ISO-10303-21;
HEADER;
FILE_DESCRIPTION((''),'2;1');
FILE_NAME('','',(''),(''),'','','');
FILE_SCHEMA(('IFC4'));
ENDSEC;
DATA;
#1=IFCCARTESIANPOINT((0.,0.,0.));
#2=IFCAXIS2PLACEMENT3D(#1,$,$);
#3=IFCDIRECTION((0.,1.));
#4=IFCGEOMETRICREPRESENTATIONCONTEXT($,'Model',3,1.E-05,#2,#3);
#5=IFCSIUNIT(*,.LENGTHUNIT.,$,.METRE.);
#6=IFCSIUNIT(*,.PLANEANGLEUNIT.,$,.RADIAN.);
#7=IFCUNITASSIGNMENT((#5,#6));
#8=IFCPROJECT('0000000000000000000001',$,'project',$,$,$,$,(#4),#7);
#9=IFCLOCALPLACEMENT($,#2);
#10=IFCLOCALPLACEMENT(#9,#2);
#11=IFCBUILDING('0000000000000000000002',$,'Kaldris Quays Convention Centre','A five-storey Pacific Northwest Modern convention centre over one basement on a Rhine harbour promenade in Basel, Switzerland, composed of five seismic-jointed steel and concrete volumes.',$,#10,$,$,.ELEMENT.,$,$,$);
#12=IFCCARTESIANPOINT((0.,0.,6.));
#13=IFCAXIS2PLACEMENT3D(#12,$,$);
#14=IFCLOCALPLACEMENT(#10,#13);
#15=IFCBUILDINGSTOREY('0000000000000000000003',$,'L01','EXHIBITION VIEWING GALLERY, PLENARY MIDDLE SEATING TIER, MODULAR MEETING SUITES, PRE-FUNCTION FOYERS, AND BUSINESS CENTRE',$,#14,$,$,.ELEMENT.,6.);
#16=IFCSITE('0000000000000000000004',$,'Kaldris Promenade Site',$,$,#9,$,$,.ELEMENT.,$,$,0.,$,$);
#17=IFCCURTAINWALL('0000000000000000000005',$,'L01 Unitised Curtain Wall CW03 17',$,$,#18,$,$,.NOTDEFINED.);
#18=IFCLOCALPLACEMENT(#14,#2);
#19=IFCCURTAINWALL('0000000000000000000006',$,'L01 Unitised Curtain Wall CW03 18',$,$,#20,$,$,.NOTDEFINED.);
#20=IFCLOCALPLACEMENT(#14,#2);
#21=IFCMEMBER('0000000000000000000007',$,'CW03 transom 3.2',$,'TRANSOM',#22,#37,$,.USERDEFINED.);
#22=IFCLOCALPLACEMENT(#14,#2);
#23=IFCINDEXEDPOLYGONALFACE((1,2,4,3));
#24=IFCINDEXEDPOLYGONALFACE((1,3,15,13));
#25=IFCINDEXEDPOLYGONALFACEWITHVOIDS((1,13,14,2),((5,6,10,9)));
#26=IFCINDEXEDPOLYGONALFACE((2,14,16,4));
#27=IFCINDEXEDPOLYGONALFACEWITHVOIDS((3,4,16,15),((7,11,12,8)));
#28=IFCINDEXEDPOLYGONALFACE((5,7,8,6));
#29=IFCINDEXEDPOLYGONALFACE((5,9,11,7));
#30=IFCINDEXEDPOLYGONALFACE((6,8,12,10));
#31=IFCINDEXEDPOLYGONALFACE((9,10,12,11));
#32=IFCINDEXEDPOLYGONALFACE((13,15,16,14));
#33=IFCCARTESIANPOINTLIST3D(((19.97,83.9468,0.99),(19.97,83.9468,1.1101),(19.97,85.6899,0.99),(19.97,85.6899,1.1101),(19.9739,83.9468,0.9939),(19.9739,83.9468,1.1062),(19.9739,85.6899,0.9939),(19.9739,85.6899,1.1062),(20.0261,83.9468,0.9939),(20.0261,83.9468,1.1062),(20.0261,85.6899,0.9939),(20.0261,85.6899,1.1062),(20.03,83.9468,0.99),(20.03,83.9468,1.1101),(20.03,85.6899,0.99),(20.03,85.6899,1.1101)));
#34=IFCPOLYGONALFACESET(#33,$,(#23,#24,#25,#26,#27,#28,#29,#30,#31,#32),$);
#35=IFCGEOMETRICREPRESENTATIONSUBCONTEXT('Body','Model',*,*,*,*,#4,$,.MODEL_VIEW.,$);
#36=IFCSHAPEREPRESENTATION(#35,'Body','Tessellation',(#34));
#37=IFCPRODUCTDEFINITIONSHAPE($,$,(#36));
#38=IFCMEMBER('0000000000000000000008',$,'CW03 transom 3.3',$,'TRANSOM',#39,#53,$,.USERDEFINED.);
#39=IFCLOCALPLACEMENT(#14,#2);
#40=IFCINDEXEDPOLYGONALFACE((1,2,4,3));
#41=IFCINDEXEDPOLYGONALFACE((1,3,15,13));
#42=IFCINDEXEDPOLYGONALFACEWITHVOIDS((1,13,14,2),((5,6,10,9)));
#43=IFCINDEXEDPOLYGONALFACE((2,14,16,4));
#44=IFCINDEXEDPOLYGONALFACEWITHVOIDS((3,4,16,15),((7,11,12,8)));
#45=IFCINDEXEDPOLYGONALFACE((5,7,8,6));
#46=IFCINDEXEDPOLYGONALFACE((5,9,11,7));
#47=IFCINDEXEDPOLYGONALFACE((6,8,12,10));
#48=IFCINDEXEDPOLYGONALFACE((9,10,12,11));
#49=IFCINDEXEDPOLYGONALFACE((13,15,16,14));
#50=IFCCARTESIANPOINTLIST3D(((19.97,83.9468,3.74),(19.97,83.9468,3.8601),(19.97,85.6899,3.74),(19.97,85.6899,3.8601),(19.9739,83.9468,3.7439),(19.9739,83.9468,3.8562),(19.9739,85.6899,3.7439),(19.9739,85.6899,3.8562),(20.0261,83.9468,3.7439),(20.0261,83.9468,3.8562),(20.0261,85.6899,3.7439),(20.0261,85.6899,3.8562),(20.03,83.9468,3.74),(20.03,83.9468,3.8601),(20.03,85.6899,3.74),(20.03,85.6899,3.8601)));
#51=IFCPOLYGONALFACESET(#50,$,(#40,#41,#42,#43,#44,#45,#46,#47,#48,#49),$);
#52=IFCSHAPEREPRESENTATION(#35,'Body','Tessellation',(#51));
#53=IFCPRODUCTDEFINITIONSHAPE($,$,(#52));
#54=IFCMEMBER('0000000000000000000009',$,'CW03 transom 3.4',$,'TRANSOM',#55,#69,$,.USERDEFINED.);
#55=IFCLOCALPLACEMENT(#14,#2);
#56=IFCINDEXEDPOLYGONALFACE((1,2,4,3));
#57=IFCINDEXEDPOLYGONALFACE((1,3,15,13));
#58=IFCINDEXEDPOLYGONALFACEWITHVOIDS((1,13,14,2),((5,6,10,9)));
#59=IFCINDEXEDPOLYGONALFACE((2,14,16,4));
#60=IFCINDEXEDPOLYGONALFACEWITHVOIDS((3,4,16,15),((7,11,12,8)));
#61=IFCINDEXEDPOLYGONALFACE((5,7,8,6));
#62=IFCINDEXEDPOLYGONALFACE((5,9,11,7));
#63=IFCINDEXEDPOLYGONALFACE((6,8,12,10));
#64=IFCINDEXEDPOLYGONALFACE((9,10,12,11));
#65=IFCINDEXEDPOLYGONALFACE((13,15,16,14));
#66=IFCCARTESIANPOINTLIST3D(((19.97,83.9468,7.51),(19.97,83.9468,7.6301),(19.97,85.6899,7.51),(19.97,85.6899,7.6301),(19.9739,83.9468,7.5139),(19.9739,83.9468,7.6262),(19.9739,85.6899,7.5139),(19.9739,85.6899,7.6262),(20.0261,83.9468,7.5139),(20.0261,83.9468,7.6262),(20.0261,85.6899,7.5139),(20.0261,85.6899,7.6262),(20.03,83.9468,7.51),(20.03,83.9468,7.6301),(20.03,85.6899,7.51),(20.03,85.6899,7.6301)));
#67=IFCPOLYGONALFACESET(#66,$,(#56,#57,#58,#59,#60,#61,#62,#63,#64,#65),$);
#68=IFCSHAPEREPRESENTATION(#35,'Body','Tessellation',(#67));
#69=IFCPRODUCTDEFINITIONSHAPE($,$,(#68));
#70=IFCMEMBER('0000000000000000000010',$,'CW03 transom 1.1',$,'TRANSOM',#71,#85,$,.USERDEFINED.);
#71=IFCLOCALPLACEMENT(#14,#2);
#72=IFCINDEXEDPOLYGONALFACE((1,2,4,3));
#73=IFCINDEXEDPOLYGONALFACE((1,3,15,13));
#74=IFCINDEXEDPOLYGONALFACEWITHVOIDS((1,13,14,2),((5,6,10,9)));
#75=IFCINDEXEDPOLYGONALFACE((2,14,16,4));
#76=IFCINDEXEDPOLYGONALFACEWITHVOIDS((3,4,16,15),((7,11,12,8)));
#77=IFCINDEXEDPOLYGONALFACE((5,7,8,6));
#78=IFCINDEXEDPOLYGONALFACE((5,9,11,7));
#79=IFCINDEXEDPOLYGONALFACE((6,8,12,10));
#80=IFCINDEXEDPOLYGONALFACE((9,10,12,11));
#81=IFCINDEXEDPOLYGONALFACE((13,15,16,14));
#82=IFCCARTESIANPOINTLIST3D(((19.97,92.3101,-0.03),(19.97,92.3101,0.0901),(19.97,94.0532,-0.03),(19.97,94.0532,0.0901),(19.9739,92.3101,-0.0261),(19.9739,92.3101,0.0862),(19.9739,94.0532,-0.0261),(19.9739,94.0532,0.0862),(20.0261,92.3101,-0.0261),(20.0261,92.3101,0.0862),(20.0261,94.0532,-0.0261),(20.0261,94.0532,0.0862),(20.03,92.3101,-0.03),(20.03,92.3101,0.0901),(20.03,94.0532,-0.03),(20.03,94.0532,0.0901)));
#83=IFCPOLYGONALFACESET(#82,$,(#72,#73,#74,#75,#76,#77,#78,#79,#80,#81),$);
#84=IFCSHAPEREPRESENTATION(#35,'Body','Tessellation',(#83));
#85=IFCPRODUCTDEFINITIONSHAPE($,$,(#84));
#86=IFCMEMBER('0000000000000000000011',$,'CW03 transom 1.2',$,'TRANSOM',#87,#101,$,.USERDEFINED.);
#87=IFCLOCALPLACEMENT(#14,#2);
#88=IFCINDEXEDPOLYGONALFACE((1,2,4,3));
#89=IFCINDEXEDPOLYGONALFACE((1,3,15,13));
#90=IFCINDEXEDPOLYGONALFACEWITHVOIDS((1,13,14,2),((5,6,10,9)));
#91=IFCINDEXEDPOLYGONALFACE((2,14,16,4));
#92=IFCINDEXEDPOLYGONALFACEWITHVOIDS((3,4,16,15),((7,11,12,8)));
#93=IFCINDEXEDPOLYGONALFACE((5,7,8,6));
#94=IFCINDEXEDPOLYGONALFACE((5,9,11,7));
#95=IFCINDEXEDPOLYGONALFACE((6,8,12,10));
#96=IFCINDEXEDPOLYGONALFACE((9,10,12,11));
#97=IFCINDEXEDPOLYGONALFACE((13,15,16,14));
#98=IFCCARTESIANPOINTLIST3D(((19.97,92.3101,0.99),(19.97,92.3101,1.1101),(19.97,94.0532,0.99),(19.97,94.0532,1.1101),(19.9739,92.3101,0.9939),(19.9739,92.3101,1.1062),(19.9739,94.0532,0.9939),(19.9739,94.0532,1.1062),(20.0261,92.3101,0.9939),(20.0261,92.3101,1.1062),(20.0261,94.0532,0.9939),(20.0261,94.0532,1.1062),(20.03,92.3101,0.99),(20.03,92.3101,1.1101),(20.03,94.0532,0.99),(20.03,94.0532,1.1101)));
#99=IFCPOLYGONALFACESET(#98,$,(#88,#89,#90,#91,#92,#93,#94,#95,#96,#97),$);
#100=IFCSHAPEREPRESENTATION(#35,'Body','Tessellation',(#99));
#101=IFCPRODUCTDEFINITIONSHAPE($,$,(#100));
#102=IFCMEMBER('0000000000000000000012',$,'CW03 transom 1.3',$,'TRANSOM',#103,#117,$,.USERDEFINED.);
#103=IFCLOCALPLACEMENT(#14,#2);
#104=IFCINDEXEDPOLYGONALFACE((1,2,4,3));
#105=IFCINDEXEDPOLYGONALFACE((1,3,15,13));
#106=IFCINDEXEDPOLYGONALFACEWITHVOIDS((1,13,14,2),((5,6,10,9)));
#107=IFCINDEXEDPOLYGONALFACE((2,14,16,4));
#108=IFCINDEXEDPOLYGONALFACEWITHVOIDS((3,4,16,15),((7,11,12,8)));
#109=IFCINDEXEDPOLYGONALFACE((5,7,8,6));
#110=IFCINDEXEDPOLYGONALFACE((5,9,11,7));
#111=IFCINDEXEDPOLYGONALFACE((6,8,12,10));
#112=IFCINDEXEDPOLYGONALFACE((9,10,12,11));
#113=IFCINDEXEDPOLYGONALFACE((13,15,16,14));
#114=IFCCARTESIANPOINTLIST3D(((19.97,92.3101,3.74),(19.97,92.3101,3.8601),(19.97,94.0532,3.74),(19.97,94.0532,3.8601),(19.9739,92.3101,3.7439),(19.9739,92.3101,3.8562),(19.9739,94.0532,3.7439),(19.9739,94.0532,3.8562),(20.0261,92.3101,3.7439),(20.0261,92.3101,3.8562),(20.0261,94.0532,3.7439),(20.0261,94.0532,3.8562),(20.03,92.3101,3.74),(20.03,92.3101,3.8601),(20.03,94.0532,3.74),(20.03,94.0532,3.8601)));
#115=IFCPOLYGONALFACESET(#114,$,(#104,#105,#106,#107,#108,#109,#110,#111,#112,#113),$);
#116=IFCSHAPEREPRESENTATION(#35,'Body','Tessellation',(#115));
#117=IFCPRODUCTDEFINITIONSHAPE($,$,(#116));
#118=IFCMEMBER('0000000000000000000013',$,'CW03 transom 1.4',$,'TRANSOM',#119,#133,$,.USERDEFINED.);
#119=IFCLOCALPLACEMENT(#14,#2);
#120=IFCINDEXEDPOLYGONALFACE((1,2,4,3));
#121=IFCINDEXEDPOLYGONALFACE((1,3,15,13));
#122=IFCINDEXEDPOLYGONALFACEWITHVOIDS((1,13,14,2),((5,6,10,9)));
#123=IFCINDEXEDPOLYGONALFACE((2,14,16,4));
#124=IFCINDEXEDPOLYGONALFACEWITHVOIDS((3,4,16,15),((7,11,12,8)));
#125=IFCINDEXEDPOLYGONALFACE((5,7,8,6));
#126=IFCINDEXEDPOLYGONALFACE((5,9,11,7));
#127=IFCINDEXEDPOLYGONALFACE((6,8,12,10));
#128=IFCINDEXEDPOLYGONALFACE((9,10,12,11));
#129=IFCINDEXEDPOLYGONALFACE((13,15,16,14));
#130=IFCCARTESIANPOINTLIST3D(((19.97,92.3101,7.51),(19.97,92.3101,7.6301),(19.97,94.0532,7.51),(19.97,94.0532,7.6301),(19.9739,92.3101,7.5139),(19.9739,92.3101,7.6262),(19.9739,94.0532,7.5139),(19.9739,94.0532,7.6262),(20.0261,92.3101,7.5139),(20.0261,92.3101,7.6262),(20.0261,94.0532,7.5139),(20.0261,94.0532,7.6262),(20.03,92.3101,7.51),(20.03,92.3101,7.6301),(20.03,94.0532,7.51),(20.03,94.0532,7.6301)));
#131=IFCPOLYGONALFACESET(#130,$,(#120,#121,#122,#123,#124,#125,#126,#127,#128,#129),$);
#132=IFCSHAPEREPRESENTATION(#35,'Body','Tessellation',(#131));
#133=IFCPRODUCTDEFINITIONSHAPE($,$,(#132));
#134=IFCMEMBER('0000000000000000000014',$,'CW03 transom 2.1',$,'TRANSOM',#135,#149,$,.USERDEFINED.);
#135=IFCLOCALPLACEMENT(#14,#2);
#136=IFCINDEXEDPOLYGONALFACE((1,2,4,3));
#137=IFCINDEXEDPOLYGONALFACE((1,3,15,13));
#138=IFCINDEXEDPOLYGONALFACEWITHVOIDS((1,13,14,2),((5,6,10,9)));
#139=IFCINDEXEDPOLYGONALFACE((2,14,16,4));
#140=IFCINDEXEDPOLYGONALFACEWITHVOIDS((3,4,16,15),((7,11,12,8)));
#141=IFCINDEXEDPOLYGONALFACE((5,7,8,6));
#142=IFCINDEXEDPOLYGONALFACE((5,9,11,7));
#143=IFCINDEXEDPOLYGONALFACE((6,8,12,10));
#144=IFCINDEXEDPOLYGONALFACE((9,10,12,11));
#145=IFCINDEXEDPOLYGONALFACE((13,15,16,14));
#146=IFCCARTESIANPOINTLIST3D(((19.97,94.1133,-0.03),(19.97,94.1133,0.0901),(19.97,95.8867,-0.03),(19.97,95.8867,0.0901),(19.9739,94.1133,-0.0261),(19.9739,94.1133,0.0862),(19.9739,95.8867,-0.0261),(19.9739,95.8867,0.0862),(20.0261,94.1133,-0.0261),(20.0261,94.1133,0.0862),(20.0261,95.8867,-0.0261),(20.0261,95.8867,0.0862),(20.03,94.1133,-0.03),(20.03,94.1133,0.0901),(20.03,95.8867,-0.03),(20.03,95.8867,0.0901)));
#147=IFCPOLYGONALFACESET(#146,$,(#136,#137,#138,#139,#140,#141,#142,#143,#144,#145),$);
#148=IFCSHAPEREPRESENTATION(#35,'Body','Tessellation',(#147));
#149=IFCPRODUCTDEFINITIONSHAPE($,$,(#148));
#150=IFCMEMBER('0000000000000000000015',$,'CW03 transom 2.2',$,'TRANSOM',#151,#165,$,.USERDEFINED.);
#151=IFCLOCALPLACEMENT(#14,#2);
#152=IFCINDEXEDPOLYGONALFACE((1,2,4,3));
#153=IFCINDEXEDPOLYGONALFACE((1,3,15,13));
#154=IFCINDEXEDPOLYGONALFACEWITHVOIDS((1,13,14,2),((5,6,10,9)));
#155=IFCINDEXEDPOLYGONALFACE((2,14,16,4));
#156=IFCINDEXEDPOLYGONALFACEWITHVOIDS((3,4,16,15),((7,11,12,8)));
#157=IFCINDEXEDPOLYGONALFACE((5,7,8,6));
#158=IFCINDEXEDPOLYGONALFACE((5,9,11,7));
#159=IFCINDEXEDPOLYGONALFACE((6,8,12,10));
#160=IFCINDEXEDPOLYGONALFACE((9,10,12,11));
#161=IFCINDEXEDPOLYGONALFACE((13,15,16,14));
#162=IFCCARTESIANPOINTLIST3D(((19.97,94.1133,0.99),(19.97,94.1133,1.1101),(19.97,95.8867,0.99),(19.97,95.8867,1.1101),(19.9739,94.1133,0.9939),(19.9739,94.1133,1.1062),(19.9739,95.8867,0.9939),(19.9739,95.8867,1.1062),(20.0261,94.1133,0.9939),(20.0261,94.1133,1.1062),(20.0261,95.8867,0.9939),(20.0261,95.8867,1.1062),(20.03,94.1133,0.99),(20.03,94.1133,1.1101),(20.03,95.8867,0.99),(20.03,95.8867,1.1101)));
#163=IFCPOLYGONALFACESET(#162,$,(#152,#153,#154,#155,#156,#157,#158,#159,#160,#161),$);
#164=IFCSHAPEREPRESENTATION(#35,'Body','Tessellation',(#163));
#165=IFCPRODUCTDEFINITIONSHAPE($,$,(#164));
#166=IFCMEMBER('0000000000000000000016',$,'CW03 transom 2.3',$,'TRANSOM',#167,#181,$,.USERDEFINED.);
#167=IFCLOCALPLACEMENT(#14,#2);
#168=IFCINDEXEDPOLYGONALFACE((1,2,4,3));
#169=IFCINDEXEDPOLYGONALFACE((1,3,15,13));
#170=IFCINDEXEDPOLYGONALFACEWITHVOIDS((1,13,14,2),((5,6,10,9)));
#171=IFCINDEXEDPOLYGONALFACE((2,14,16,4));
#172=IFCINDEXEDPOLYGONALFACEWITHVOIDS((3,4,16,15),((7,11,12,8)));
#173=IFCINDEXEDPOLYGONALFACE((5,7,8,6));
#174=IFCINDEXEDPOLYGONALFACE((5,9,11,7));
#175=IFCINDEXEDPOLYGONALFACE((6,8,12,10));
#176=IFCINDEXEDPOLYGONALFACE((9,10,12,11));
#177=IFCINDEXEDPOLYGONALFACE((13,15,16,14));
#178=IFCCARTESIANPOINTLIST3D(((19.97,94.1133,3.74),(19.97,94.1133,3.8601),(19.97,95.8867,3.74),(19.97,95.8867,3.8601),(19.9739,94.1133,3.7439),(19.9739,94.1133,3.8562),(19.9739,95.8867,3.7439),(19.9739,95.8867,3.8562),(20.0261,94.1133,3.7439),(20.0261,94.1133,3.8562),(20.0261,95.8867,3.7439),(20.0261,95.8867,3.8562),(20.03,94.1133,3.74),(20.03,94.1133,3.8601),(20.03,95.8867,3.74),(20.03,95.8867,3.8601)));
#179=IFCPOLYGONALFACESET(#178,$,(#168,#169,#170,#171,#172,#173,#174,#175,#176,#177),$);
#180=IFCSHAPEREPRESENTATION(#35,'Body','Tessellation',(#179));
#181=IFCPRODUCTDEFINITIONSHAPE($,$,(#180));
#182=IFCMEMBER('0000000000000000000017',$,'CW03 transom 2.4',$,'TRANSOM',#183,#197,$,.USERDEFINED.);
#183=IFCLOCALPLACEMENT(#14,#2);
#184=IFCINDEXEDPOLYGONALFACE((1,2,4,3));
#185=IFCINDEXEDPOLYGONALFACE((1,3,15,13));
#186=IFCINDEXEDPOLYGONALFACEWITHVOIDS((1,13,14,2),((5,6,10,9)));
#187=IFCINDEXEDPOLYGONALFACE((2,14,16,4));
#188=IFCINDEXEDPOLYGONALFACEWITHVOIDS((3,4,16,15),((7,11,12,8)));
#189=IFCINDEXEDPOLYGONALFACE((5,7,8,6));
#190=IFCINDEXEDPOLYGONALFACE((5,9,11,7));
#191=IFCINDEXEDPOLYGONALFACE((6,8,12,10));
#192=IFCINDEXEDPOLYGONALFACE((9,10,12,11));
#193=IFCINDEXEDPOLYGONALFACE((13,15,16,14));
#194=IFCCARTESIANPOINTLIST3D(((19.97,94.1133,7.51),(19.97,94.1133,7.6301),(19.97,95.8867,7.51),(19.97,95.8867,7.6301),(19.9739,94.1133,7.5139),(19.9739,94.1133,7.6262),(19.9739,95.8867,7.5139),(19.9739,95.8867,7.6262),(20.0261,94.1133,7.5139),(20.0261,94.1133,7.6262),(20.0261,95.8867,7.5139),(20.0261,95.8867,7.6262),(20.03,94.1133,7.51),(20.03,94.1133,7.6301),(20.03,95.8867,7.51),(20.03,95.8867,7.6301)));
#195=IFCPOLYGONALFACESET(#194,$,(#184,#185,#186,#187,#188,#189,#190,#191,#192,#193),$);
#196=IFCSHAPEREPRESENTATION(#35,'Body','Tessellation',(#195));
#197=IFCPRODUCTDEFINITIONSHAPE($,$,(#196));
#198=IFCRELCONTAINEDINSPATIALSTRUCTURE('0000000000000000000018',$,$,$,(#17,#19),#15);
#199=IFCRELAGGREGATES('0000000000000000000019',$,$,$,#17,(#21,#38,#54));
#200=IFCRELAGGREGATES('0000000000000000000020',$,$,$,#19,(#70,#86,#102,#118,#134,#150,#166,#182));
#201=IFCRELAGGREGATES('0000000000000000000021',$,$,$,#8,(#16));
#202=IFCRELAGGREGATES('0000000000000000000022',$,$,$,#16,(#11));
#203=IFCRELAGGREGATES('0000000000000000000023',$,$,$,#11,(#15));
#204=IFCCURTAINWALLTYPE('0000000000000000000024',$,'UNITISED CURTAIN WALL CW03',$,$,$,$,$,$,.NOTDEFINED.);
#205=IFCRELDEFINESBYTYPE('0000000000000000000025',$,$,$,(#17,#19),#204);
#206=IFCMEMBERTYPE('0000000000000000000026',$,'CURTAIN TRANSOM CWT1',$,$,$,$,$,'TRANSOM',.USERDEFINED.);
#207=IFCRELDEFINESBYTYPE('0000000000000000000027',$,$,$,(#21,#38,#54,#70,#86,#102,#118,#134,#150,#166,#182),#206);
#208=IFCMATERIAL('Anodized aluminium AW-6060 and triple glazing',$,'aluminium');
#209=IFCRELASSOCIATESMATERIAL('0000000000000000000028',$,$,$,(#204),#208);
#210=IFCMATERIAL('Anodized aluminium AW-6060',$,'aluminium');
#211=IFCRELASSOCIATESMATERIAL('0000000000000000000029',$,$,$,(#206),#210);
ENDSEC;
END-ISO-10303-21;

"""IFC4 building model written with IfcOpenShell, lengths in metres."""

from ifc_helpers import new_model, si_unit, direction, frame, origin, origin_2d, place, context, subcontext, project, spatial, hollow_rectangle, extrude, material, material_profile, profile_set, type_object, element, aggregate, save


model = new_model("IFC4")

# Units and contexts
model_context = context("Model", 3, precision=1e-05, world=origin(), true_north=direction((0.0, 1.0)))
body_context = subcontext(model_context, "Body", "Model", "MODEL_VIEW")
ifc_project = project(units=[si_unit("LENGTHUNIT", "METRE"), si_unit("PLANEANGLEUNIT", "RADIAN")], contexts=[model_context])

# Site, building, storey
site_placement = place(None, origin())
site = spatial("IfcSite", under=ifc_project, at=site_placement, Name="Kaldris Promenade Site", CompositionType="ELEMENT", RefElevation=0.0)
building_placement = place(site_placement, origin())
building = spatial("IfcBuilding", under=site, at=building_placement, Name="Kaldris Quays Convention Centre", Description="A five-storey Pacific Northwest Modern convention centre over one basement on a Rhine harbour promenade in Basel, Switzerland, composed of five seismic-jointed steel and concrete volumes.", CompositionType="ELEMENT")
storey_placement = place(building_placement, frame((0.0, 0.0, 6.0)))
storey = spatial("IfcBuildingStorey", under=building, at=storey_placement, Name="L01", Description="EXHIBITION VIEWING GALLERY, PLENARY MIDDLE SEATING TIER, MODULAR MEETING SUITES, PRE-FUNCTION FOYERS, AND BUSINESS CENTRE", CompositionType="ELEMENT", Elevation=6.0)

# Curtain walls
ifc_material_1 = material(Name="Anodized aluminium AW-6060 and triple glazing", Category="aluminium")
curtain_wall_type = type_object("IfcCurtainWallType", Name="UNITISED CURTAIN WALL CW03", PredefinedType="NOTDEFINED", material=ifc_material_1)
curtain_wall_1_placement = place(storey_placement, origin())
curtain_wall_1 = element("IfcCurtainWall", 1, at=curtain_wall_1_placement, inside=storey, type_object=curtain_wall_type, Name="L01 Unitised Curtain Wall CW03 17", PredefinedType="NOTDEFINED")
ifc_material_2 = material(Name="Anodized aluminium AW-6060", Category="aluminium")
curtain_wall_2_placement = place(storey_placement, origin())
curtain_wall_2 = element("IfcCurtainWall", 2, at=curtain_wall_2_placement, inside=storey, type_object=curtain_wall_type, Name="L01 Unitised Curtain Wall CW03 18", PredefinedType="NOTDEFINED")

# Members
ifc_material_profile_1 = material_profile(ifc_material_2, hollow_rectangle(XDim=0.0601, YDim=0.1201, WallThickness=0.0039, at=origin_2d()), Name="RHS 120x60x4")
ifc_profile_set_1 = profile_set([ifc_material_profile_1], Name="Anodized aluminium AW-6060")
member_type_1 = type_object("IfcMemberType", Name="CURTAIN TRANSOM CWT1", ElementType="TRANSOM", PredefinedType="USERDEFINED", material=ifc_profile_set_1)
member_1_placement = place(storey_placement, frame((20.0, 83.9468, 1.05), z_axis=(0.0, 1.0, 0.0), x_axis=(-1.0, 0.0, 0.0)))
member_1 = element("IfcMember", 3, at=member_1_placement, type_object=member_type_1, Name="CW03 transom 3.2", ObjectType="TRANSOM", PredefinedType="USERDEFINED", context=body_context, shape_type="SweptSolid", body=[
    extrude(hollow_rectangle(XDim=0.0601, YDim=0.1201, WallThickness=0.0039, at=origin_2d()), origin(), (0.0, 0.0, 1.0), 1.7432),
])
member_2_placement = place(storey_placement, frame((20.0, 83.9468, 3.8), z_axis=(0.0, 1.0, 0.0), x_axis=(-1.0, 0.0, 0.0)))
member_2 = element("IfcMember", 4, at=member_2_placement, type_object=member_type_1, Name="CW03 transom 3.3", ObjectType="TRANSOM", PredefinedType="USERDEFINED", context=body_context, shape_type="SweptSolid", body=[
    extrude(hollow_rectangle(XDim=0.0601, YDim=0.1201, WallThickness=0.0039, at=origin_2d()), origin(), (0.0, 0.0, 1.0), 1.7432),
])
member_3_placement = place(storey_placement, frame((20.0, 83.9468, 7.5701), z_axis=(0.0, 1.0, 0.0), x_axis=(-1.0, 0.0, 0.0)))
member_3 = element("IfcMember", 5, at=member_3_placement, type_object=member_type_1, Name="CW03 transom 3.4", ObjectType="TRANSOM", PredefinedType="USERDEFINED", context=body_context, shape_type="SweptSolid", body=[
    extrude(hollow_rectangle(XDim=0.0601, YDim=0.1201, WallThickness=0.0039, at=origin_2d()), origin(), (0.0, 0.0, 1.0), 1.7432),
])
member_4_placement = place(storey_placement, frame((20.0, 92.3101, 0.03), z_axis=(0.0, 1.0, 0.0), x_axis=(-1.0, 0.0, 0.0)))
member_4 = element("IfcMember", 6, at=member_4_placement, type_object=member_type_1, Name="CW03 transom 1.1", ObjectType="TRANSOM", PredefinedType="USERDEFINED", context=body_context, shape_type="SweptSolid", body=[
    extrude(hollow_rectangle(XDim=0.0601, YDim=0.1201, WallThickness=0.0039, at=origin_2d()), origin(), (0.0, 0.0, 1.0), 1.7432),
])
member_5_placement = place(storey_placement, frame((20.0, 92.3101, 1.05), z_axis=(0.0, 1.0, 0.0), x_axis=(-1.0, 0.0, 0.0)))
member_5 = element("IfcMember", 7, at=member_5_placement, type_object=member_type_1, Name="CW03 transom 1.2", ObjectType="TRANSOM", PredefinedType="USERDEFINED", context=body_context, shape_type="SweptSolid", body=[
    extrude(hollow_rectangle(XDim=0.0601, YDim=0.1201, WallThickness=0.0039, at=origin_2d()), origin(), (0.0, 0.0, 1.0), 1.7432),
])
member_6_placement = place(storey_placement, frame((20.0, 92.3101, 3.8), z_axis=(0.0, 1.0, 0.0), x_axis=(-1.0, 0.0, 0.0)))
member_6 = element("IfcMember", 8, at=member_6_placement, type_object=member_type_1, Name="CW03 transom 1.3", ObjectType="TRANSOM", PredefinedType="USERDEFINED", context=body_context, shape_type="SweptSolid", body=[
    extrude(hollow_rectangle(XDim=0.0601, YDim=0.1201, WallThickness=0.0039, at=origin_2d()), origin(), (0.0, 0.0, 1.0), 1.7432),
])
member_7_placement = place(storey_placement, frame((20.0, 92.3101, 7.5701), z_axis=(0.0, 1.0, 0.0), x_axis=(-1.0, 0.0, 0.0)))
member_7 = element("IfcMember", 9, at=member_7_placement, type_object=member_type_1, Name="CW03 transom 1.4", ObjectType="TRANSOM", PredefinedType="USERDEFINED", context=body_context, shape_type="SweptSolid", body=[
    extrude(hollow_rectangle(XDim=0.0601, YDim=0.1201, WallThickness=0.0039, at=origin_2d()), origin(), (0.0, 0.0, 1.0), 1.7432),
])
member_8_placement = place(storey_placement, frame((20.0, 94.1133, 0.03), z_axis=(0.0, 1.0, 0.0), x_axis=(-1.0, 0.0, 0.0)))
member_8 = element("IfcMember", 10, at=member_8_placement, type_object=member_type_1, Name="CW03 transom 2.1", ObjectType="TRANSOM", PredefinedType="USERDEFINED", context=body_context, shape_type="SweptSolid", body=[
    extrude(hollow_rectangle(XDim=0.0601, YDim=0.1201, WallThickness=0.0039, at=origin_2d()), origin(), (0.0, 0.0, 1.0), 1.7734),
])
member_9_placement = place(storey_placement, frame((20.0, 94.1133, 1.05), z_axis=(0.0, 1.0, 0.0), x_axis=(-1.0, 0.0, 0.0)))
member_9 = element("IfcMember", 11, at=member_9_placement, type_object=member_type_1, Name="CW03 transom 2.2", ObjectType="TRANSOM", PredefinedType="USERDEFINED", context=body_context, shape_type="SweptSolid", body=[
    extrude(hollow_rectangle(XDim=0.0601, YDim=0.1201, WallThickness=0.0039, at=origin_2d()), origin(), (0.0, 0.0, 1.0), 1.7734),
])
member_10_placement = place(storey_placement, frame((20.0, 94.1133, 3.8), z_axis=(0.0, 1.0, 0.0), x_axis=(-1.0, 0.0, 0.0)))
member_10 = element("IfcMember", 12, at=member_10_placement, type_object=member_type_1, Name="CW03 transom 2.3", ObjectType="TRANSOM", PredefinedType="USERDEFINED", context=body_context, shape_type="SweptSolid", body=[
    extrude(hollow_rectangle(XDim=0.0601, YDim=0.1201, WallThickness=0.0039, at=origin_2d()), origin(), (0.0, 0.0, 1.0), 1.7734),
])
member_11_placement = place(storey_placement, frame((20.0, 94.1133, 7.5701), z_axis=(0.0, 1.0, 0.0), x_axis=(-1.0, 0.0, 0.0)))
member_11 = element("IfcMember", 13, at=member_11_placement, type_object=member_type_1, Name="CW03 transom 2.4", ObjectType="TRANSOM", PredefinedType="USERDEFINED", context=body_context, shape_type="SweptSolid", body=[
    extrude(hollow_rectangle(XDim=0.0601, YDim=0.1201, WallThickness=0.0039, at=origin_2d()), origin(), (0.0, 0.0, 1.0), 1.7734),
])

aggregate(curtain_wall_1, [member_1, member_2, member_3])
aggregate(curtain_wall_2, [member_4, member_5, member_6, member_7, member_8, member_9, member_10, member_11])

save(model, "model.ifc")
